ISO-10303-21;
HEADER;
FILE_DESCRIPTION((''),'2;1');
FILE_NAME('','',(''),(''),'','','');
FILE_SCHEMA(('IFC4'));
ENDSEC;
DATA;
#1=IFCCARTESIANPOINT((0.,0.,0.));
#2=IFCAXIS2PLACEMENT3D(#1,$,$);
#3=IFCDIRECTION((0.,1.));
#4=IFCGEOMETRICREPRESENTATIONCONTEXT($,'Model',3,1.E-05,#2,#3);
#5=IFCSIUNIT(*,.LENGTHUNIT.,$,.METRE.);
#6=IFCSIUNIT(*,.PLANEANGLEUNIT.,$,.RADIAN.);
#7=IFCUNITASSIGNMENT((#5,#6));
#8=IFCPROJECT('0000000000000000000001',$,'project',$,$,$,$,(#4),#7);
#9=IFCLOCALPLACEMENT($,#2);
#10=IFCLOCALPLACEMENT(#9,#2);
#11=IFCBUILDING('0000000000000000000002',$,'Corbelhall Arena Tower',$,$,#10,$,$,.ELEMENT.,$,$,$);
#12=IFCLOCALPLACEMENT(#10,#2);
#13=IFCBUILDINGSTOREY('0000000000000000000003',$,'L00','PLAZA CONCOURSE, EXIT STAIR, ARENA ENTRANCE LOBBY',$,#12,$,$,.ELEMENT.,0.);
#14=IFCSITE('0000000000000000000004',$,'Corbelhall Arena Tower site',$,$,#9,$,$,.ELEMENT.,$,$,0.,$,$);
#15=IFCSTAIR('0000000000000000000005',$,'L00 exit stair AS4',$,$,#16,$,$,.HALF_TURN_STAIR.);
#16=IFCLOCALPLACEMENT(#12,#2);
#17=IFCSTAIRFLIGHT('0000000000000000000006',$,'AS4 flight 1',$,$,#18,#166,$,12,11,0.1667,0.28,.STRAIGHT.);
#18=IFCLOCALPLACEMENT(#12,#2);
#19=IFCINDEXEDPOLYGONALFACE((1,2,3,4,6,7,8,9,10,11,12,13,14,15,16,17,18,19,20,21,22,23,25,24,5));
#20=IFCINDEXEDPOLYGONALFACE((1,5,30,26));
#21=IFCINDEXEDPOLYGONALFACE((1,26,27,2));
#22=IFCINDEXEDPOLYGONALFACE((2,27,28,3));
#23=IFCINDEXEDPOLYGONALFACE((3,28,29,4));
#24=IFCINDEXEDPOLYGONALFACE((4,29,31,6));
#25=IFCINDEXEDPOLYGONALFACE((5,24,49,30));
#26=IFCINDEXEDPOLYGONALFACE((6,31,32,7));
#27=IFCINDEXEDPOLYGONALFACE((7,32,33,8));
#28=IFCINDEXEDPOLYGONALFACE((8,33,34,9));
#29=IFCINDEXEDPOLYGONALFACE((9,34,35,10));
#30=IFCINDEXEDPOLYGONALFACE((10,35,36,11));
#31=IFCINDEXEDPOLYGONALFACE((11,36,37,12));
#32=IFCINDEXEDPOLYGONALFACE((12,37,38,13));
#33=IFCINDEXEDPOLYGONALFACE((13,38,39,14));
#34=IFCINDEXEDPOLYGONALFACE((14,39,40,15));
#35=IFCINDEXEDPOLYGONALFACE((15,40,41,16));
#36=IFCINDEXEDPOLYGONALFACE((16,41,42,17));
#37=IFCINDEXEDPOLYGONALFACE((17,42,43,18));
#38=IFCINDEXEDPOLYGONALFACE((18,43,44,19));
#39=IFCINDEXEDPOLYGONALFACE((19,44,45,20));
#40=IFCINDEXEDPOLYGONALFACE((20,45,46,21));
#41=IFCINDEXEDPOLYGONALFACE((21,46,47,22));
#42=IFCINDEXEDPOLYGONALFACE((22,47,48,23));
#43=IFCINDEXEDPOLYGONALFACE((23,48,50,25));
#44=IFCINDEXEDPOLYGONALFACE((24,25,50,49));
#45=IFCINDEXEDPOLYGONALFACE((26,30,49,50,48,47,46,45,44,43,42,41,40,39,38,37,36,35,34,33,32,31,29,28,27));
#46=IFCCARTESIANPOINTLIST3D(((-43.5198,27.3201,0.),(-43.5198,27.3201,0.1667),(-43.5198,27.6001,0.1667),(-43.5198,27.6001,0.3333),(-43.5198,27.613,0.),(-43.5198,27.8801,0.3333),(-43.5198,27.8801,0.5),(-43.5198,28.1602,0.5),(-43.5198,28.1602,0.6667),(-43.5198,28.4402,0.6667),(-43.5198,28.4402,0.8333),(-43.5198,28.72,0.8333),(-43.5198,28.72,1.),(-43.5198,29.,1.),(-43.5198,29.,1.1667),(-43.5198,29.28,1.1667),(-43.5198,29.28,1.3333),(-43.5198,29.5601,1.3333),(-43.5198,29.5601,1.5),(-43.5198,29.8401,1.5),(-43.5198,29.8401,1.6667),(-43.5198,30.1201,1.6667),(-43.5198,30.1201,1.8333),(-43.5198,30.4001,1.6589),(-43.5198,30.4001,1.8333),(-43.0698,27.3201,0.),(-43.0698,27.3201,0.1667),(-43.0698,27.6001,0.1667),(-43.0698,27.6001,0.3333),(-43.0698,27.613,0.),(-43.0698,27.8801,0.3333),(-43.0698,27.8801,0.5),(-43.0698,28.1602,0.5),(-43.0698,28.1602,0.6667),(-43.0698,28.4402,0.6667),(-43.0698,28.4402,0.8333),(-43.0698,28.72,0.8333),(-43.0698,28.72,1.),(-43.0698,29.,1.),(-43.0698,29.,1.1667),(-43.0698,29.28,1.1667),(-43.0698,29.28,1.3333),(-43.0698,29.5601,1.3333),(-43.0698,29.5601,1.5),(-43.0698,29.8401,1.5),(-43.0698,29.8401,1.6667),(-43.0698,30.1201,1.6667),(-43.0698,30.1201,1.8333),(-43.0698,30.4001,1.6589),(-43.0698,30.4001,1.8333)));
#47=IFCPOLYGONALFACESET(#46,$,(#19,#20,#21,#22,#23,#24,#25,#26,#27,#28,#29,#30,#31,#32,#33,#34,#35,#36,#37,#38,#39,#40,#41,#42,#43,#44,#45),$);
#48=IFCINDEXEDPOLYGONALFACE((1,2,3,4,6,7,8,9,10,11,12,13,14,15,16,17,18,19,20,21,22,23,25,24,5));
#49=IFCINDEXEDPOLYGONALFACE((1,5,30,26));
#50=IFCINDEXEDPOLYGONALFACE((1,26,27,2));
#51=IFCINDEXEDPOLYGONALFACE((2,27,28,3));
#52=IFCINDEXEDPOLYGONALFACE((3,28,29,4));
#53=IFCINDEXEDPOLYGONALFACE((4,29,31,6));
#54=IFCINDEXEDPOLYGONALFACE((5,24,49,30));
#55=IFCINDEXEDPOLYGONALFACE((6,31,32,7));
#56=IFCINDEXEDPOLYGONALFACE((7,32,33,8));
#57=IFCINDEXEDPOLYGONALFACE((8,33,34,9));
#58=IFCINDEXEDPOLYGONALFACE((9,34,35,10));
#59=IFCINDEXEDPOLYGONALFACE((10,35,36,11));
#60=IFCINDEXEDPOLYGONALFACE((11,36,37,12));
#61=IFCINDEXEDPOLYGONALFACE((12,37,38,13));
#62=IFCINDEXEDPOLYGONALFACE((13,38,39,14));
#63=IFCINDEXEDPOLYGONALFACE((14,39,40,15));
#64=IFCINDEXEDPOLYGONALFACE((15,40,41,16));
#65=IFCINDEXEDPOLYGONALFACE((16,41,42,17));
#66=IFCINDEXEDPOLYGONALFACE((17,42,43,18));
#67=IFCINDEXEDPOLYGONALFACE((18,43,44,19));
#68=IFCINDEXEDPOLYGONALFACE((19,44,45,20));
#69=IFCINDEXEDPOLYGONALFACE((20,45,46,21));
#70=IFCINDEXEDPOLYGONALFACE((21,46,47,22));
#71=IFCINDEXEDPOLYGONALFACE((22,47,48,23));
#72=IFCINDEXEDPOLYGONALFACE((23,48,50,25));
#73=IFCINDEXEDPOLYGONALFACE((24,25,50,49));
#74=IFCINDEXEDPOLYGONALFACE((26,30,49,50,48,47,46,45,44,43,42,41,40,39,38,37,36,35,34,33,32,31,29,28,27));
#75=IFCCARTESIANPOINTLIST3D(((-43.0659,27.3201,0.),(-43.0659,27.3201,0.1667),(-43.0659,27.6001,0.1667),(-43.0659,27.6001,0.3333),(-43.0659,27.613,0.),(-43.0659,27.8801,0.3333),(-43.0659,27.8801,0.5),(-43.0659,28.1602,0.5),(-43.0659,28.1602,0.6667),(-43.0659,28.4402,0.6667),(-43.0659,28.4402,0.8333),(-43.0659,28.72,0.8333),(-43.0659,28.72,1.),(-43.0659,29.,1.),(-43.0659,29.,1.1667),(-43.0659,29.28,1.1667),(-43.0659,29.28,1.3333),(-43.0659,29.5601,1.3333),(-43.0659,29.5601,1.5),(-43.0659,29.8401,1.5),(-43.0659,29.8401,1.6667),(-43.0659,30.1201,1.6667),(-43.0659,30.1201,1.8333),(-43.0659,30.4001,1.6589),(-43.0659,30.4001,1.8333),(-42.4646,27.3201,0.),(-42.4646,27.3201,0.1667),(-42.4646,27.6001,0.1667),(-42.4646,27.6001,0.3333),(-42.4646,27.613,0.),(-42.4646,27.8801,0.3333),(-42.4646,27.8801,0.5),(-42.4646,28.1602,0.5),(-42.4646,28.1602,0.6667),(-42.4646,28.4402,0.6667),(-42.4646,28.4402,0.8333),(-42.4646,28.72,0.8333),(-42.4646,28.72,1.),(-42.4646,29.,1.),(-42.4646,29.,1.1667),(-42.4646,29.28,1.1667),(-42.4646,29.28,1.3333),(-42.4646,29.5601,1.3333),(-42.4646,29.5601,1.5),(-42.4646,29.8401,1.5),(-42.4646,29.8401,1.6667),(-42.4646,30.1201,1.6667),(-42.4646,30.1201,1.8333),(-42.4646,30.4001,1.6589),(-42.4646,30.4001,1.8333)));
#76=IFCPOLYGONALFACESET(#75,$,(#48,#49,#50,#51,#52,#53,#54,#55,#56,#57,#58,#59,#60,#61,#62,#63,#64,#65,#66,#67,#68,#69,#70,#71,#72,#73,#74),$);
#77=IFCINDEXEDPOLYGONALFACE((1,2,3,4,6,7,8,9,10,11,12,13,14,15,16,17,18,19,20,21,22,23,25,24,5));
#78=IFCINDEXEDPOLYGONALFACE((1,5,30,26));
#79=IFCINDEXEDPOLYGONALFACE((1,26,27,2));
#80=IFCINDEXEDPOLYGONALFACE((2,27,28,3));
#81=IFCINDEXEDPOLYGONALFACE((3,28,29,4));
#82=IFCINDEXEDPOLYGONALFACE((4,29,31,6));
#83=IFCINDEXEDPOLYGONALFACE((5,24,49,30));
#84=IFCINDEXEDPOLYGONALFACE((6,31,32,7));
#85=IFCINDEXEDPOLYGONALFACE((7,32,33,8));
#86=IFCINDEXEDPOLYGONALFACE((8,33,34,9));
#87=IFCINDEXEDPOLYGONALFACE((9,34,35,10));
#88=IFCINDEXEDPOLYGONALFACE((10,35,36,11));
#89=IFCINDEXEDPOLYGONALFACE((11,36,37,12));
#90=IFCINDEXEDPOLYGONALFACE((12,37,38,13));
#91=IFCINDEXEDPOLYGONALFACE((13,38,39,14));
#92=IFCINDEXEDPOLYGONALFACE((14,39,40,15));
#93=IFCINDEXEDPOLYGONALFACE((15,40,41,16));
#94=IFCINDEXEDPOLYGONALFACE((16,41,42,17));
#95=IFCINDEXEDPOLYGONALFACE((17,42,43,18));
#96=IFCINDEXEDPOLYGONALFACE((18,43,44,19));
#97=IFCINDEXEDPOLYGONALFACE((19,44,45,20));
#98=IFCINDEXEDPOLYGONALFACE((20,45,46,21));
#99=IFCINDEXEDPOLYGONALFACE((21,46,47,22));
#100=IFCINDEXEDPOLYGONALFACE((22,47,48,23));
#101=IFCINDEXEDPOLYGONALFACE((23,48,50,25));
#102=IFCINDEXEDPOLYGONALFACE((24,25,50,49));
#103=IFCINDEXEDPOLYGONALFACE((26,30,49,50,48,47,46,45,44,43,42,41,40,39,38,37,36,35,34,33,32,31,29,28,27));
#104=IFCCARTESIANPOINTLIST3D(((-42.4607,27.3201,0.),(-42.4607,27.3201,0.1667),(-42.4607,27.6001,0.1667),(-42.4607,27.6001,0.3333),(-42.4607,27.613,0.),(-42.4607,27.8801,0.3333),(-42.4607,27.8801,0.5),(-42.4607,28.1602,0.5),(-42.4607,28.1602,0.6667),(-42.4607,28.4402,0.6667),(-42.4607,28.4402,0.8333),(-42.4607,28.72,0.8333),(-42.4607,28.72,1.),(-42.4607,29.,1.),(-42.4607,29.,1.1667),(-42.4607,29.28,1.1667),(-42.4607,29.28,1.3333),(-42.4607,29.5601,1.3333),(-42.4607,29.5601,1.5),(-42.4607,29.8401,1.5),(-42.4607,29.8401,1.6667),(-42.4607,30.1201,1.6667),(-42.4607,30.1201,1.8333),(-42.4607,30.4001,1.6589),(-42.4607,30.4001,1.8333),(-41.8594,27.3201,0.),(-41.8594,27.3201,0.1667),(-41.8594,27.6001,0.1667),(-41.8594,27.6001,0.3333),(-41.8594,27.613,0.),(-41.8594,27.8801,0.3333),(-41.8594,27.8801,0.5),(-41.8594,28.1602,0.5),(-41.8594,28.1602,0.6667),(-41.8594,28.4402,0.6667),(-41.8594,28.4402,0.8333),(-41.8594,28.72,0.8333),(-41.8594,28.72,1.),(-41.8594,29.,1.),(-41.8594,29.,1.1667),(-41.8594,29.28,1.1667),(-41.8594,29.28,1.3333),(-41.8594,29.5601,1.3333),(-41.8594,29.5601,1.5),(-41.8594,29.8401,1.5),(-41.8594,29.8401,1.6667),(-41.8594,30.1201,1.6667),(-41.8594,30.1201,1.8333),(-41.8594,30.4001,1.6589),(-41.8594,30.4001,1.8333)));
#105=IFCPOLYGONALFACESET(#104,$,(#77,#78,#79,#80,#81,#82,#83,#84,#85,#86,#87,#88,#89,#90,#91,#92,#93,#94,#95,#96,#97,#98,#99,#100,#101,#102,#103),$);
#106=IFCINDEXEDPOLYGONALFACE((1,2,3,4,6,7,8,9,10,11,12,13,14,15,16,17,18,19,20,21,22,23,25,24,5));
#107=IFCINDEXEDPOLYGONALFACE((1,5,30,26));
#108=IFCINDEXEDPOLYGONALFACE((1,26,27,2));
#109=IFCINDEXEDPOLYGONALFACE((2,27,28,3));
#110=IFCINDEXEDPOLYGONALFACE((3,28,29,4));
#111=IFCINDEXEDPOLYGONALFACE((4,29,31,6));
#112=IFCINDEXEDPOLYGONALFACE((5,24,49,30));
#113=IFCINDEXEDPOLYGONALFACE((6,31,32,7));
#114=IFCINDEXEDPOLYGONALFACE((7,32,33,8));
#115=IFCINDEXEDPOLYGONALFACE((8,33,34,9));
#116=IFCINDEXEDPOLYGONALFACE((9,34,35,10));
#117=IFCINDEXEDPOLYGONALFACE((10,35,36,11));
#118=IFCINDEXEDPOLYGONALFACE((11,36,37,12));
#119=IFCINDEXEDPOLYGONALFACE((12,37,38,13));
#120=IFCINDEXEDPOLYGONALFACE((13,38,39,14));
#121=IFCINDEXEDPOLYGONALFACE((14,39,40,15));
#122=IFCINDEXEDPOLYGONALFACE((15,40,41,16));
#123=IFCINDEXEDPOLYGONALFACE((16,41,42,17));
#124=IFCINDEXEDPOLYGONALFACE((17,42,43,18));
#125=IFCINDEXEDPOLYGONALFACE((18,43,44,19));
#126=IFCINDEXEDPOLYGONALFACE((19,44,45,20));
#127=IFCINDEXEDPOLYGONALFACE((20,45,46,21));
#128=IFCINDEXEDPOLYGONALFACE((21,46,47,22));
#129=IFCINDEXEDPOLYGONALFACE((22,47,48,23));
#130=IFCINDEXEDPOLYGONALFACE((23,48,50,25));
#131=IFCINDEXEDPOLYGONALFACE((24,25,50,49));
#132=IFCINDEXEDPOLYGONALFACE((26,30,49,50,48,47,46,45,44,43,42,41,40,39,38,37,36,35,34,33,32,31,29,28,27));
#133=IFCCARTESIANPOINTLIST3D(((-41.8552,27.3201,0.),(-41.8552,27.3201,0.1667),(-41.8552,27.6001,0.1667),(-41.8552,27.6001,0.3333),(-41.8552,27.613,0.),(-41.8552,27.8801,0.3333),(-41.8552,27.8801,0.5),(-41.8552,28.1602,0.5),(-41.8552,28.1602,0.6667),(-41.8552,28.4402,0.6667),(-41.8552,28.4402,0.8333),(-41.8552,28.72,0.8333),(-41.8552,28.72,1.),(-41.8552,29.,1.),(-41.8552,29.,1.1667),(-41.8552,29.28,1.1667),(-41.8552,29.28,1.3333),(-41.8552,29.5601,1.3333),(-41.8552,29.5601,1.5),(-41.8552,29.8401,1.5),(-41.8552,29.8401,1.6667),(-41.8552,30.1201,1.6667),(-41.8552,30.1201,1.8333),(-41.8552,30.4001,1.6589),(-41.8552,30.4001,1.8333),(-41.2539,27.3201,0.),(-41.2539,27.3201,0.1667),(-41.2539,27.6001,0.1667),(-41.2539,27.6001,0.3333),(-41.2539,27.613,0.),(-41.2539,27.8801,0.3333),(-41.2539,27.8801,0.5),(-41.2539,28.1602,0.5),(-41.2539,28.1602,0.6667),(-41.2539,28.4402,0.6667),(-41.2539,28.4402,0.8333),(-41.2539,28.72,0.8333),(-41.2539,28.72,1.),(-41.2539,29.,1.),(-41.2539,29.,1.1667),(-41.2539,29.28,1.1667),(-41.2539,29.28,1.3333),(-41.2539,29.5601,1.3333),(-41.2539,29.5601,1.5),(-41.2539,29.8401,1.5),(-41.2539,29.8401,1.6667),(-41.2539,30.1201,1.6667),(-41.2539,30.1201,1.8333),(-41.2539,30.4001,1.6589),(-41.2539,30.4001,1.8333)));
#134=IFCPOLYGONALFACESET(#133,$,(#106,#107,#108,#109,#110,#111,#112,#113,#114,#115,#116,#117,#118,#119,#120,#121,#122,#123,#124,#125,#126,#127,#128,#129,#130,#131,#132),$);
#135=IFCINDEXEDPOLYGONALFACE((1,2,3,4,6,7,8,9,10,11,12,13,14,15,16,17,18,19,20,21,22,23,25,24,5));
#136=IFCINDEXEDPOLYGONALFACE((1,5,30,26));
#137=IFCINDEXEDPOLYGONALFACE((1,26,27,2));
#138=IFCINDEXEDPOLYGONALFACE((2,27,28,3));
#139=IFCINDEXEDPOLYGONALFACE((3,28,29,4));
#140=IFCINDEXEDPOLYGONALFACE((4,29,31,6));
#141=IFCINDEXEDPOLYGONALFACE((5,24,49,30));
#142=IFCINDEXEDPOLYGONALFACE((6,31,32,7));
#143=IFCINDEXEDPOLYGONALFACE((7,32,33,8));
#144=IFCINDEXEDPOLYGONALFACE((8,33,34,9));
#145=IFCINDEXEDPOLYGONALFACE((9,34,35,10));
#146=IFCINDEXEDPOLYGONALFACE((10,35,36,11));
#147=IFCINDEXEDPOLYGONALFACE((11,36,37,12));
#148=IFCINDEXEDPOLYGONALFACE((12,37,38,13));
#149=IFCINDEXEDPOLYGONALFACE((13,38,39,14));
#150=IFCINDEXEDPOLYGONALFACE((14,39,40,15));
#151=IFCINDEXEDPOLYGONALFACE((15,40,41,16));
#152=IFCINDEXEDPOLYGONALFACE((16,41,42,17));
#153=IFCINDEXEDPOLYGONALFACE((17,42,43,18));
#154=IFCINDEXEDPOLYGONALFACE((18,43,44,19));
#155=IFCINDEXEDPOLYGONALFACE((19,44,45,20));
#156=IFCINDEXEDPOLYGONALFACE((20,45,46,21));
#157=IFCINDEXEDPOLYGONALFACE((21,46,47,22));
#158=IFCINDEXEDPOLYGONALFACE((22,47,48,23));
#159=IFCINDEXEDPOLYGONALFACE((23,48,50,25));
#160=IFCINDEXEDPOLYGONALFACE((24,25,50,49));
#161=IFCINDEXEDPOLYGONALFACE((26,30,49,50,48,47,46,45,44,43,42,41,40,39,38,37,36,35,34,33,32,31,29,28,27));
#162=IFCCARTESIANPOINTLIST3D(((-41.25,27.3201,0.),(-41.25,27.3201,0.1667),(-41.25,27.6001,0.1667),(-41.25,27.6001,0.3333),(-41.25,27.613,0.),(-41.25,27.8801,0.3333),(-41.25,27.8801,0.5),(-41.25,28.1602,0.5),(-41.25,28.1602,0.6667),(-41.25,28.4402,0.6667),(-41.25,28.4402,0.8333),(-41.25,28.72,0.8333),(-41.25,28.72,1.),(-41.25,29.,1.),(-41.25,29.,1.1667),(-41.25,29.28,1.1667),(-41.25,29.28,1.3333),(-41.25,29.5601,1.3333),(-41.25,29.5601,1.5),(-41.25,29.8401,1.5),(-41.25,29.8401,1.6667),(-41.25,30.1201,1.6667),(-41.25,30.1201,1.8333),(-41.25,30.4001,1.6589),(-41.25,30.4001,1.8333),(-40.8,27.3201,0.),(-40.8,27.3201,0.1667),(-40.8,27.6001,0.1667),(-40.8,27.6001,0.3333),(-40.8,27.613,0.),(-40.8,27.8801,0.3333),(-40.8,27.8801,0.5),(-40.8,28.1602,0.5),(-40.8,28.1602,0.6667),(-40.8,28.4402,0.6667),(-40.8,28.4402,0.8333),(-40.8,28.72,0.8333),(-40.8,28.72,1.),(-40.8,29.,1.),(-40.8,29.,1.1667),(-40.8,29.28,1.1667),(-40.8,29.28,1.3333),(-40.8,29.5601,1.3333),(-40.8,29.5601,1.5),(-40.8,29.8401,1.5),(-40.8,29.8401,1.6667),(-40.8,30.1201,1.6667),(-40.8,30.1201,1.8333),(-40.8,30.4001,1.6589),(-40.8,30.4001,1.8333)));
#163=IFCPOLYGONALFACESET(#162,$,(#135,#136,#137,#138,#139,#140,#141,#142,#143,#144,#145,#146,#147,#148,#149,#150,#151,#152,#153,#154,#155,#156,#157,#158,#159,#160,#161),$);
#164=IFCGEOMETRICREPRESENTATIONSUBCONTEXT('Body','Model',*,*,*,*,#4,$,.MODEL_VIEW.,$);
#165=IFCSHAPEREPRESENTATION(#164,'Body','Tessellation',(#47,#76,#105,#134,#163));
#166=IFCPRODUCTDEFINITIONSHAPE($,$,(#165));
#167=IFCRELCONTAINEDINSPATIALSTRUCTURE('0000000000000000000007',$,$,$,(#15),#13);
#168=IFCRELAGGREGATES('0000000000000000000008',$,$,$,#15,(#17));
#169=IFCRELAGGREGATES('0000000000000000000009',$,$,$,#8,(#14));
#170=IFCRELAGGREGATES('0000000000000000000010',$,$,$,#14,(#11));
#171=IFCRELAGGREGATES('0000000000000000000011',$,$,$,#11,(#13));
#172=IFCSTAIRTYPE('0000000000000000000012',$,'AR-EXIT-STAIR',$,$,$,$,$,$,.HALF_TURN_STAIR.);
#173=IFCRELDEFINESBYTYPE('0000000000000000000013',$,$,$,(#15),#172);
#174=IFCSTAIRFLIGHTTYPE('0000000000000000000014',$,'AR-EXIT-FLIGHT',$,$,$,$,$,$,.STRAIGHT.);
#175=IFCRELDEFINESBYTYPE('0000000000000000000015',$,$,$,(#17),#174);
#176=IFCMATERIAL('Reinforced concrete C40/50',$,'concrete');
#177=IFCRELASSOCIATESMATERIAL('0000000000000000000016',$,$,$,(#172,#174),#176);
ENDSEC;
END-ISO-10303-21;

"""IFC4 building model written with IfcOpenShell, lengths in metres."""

from ifc_helpers import new_model, si_unit, direction, frame, origin, place, context, subcontext, project, spatial, polyline, outline, extrude, material, type_object, element, aggregate, save


model = new_model("IFC4")

# Units and contexts
model_context = context("Model", 3, precision=1e-05, world=origin(), true_north=direction((0.0, 1.0)))
body_context = subcontext(model_context, "Body", "Model", "MODEL_VIEW")
ifc_project = project(units=[si_unit("LENGTHUNIT", "METRE"), si_unit("PLANEANGLEUNIT", "RADIAN")], contexts=[model_context])

# Site, building, storey
site_placement = place(None, origin())
site = spatial("IfcSite", under=ifc_project, at=site_placement, Name="Corbelhall Arena Tower site", CompositionType="ELEMENT", RefElevation=0.0)
building_placement = place(site_placement, origin())
building = spatial("IfcBuilding", under=site, at=building_placement, Name="Corbelhall Arena Tower", CompositionType="ELEMENT")
storey_placement = place(building_placement, origin())
storey = spatial("IfcBuildingStorey", under=building, at=storey_placement, Name="L00", Description="PLAZA CONCOURSE, EXIT STAIR, ARENA ENTRANCE LOBBY", CompositionType="ELEMENT", Elevation=0.0)

# Shared definitions
ifc_material_1 = material(Name="Reinforced concrete C40/50", Category="concrete")

# Shared definitions
stair_type = type_object("IfcStairType", Name="AR-EXIT-STAIR", PredefinedType="HALF_TURN_STAIR", material=ifc_material_1)
stair_flight_type = type_object("IfcStairFlightType", Name="AR-EXIT-FLIGHT", PredefinedType="STRAIGHT", material=ifc_material_1)

# Stair, stair flight
stair_1_placement = place(storey_placement, origin())
stair_1 = element("IfcStair", 1, at=stair_1_placement, inside=storey, type_object=stair_type, Name="L00 exit stair AS4", PredefinedType="HALF_TURN_STAIR")
stair_flight_1_placement = place(storey_placement, frame((-42.1599, 27.3201, 0.0), z_axis=(0.0, 0.0, 1.0), x_axis=(0.0, 1.0, 0.0)))
stair_flight_1 = element("IfcStairFlight", 2, at=stair_flight_1_placement, type_object=stair_flight_type, Name="AS4 flight 1", NumberOfRisers=12, NumberOfTreads=11, PredefinedType="STRAIGHT", RiserHeight=0.1667, TreadLength=0.28, context=body_context, shape_type="SweptSolid", body=[
    extrude(outline(polyline([(0.0, 0.0), (0.0, 0.1667), (0.28, 0.1667), (0.28, 0.3333), (0.5601, 0.3333), (0.5601, 0.5), (0.8401, 0.5), (0.8401, 0.6667), (1.1201, 0.6667), (1.1201, 0.8333), (1.3999, 0.8333), (1.3999, 1.0), (1.6799, 1.0), (1.6799, 1.1667), (1.96, 1.1667), (1.96, 1.3333), (2.24, 1.3333), (2.24, 1.5), (2.52, 1.5), (2.52, 1.6667), (2.8, 1.6667), (2.8, 1.8333), (3.0801, 1.8333), (3.0801, 2.0), (3.0801, 1.6589), (0.293, 0.0), (0.0, 0.0)])), frame((0.0, 1.3599, 0.0), z_axis=(0.0, -1.0, 0.0), x_axis=(1.0, 0.0, 0.0)), (0.0, 0.0, 1.0), 0.45),
    extrude(outline(polyline([(0.0, 0.0), (0.0, 0.1667), (0.28, 0.1667), (0.28, 0.3333), (0.5601, 0.3333), (0.5601, 0.5), (0.8401, 0.5), (0.8401, 0.6667), (1.1201, 0.6667), (1.1201, 0.8333), (1.3999, 0.8333), (1.3999, 1.0), (1.6799, 1.0), (1.6799, 1.1667), (1.96, 1.1667), (1.96, 1.3333), (2.24, 1.3333), (2.24, 1.5), (2.52, 1.5), (2.52, 1.6667), (2.8, 1.6667), (2.8, 1.8333), (3.0801, 1.8333), (3.0801, 2.0), (3.0801, 1.6589), (0.293, 0.0), (0.0, 0.0)])), frame((0.0, 0.906, 0.0), z_axis=(0.0, -1.0, 0.0), x_axis=(1.0, 0.0, 0.0)), (0.0, 0.0, 1.0), 0.6013),
    extrude(outline(polyline([(0.0, 0.0), (0.0, 0.1667), (0.28, 0.1667), (0.28, 0.3333), (0.5601, 0.3333), (0.5601, 0.5), (0.8401, 0.5), (0.8401, 0.6667), (1.1201, 0.6667), (1.1201, 0.8333), (1.3999, 0.8333), (1.3999, 1.0), (1.6799, 1.0), (1.6799, 1.1667), (1.96, 1.1667), (1.96, 1.3333), (2.24, 1.3333), (2.24, 1.5), (2.52, 1.5), (2.52, 1.6667), (2.8, 1.6667), (2.8, 1.8333), (3.0801, 1.8333), (3.0801, 2.0), (3.0801, 1.6589), (0.293, 0.0), (0.0, 0.0)])), frame((0.0, 0.3008, 0.0), z_axis=(0.0, -1.0, 0.0), x_axis=(1.0, 0.0, 0.0)), (0.0, 0.0, 1.0), 0.6013),
    extrude(outline(polyline([(0.0, 0.0), (0.0, 0.1667), (0.28, 0.1667), (0.28, 0.3333), (0.5601, 0.3333), (0.5601, 0.5), (0.8401, 0.5), (0.8401, 0.6667), (1.1201, 0.6667), (1.1201, 0.8333), (1.3999, 0.8333), (1.3999, 1.0), (1.6799, 1.0), (1.6799, 1.1667), (1.96, 1.1667), (1.96, 1.3333), (2.24, 1.3333), (2.24, 1.5), (2.52, 1.5), (2.52, 1.6667), (2.8, 1.6667), (2.8, 1.8333), (3.0801, 1.8333), (3.0801, 2.0), (3.0801, 1.6589), (0.293, 0.0), (0.0, 0.0)])), frame((0.0, -0.3047, 0.0), z_axis=(0.0, -1.0, 0.0), x_axis=(1.0, 0.0, 0.0)), (0.0, 0.0, 1.0), 0.6013),
    extrude(outline(polyline([(0.0, 0.0), (0.0, 0.1667), (0.28, 0.1667), (0.28, 0.3333), (0.5601, 0.3333), (0.5601, 0.5), (0.8401, 0.5), (0.8401, 0.6667), (1.1201, 0.6667), (1.1201, 0.8333), (1.3999, 0.8333), (1.3999, 1.0), (1.6799, 1.0), (1.6799, 1.1667), (1.96, 1.1667), (1.96, 1.3333), (2.24, 1.3333), (2.24, 1.5), (2.52, 1.5), (2.52, 1.6667), (2.8, 1.6667), (2.8, 1.8333), (3.0801, 1.8333), (3.0801, 2.0), (3.0801, 1.6589), (0.293, 0.0), (0.0, 0.0)])), frame((0.0, -0.9099, 0.0), z_axis=(0.0, -1.0, 0.0), x_axis=(1.0, 0.0, 0.0)), (0.0, 0.0, 1.0), 0.45),
])
aggregate(stair_1, [stair_flight_1])

save(model, "model.ifc")
